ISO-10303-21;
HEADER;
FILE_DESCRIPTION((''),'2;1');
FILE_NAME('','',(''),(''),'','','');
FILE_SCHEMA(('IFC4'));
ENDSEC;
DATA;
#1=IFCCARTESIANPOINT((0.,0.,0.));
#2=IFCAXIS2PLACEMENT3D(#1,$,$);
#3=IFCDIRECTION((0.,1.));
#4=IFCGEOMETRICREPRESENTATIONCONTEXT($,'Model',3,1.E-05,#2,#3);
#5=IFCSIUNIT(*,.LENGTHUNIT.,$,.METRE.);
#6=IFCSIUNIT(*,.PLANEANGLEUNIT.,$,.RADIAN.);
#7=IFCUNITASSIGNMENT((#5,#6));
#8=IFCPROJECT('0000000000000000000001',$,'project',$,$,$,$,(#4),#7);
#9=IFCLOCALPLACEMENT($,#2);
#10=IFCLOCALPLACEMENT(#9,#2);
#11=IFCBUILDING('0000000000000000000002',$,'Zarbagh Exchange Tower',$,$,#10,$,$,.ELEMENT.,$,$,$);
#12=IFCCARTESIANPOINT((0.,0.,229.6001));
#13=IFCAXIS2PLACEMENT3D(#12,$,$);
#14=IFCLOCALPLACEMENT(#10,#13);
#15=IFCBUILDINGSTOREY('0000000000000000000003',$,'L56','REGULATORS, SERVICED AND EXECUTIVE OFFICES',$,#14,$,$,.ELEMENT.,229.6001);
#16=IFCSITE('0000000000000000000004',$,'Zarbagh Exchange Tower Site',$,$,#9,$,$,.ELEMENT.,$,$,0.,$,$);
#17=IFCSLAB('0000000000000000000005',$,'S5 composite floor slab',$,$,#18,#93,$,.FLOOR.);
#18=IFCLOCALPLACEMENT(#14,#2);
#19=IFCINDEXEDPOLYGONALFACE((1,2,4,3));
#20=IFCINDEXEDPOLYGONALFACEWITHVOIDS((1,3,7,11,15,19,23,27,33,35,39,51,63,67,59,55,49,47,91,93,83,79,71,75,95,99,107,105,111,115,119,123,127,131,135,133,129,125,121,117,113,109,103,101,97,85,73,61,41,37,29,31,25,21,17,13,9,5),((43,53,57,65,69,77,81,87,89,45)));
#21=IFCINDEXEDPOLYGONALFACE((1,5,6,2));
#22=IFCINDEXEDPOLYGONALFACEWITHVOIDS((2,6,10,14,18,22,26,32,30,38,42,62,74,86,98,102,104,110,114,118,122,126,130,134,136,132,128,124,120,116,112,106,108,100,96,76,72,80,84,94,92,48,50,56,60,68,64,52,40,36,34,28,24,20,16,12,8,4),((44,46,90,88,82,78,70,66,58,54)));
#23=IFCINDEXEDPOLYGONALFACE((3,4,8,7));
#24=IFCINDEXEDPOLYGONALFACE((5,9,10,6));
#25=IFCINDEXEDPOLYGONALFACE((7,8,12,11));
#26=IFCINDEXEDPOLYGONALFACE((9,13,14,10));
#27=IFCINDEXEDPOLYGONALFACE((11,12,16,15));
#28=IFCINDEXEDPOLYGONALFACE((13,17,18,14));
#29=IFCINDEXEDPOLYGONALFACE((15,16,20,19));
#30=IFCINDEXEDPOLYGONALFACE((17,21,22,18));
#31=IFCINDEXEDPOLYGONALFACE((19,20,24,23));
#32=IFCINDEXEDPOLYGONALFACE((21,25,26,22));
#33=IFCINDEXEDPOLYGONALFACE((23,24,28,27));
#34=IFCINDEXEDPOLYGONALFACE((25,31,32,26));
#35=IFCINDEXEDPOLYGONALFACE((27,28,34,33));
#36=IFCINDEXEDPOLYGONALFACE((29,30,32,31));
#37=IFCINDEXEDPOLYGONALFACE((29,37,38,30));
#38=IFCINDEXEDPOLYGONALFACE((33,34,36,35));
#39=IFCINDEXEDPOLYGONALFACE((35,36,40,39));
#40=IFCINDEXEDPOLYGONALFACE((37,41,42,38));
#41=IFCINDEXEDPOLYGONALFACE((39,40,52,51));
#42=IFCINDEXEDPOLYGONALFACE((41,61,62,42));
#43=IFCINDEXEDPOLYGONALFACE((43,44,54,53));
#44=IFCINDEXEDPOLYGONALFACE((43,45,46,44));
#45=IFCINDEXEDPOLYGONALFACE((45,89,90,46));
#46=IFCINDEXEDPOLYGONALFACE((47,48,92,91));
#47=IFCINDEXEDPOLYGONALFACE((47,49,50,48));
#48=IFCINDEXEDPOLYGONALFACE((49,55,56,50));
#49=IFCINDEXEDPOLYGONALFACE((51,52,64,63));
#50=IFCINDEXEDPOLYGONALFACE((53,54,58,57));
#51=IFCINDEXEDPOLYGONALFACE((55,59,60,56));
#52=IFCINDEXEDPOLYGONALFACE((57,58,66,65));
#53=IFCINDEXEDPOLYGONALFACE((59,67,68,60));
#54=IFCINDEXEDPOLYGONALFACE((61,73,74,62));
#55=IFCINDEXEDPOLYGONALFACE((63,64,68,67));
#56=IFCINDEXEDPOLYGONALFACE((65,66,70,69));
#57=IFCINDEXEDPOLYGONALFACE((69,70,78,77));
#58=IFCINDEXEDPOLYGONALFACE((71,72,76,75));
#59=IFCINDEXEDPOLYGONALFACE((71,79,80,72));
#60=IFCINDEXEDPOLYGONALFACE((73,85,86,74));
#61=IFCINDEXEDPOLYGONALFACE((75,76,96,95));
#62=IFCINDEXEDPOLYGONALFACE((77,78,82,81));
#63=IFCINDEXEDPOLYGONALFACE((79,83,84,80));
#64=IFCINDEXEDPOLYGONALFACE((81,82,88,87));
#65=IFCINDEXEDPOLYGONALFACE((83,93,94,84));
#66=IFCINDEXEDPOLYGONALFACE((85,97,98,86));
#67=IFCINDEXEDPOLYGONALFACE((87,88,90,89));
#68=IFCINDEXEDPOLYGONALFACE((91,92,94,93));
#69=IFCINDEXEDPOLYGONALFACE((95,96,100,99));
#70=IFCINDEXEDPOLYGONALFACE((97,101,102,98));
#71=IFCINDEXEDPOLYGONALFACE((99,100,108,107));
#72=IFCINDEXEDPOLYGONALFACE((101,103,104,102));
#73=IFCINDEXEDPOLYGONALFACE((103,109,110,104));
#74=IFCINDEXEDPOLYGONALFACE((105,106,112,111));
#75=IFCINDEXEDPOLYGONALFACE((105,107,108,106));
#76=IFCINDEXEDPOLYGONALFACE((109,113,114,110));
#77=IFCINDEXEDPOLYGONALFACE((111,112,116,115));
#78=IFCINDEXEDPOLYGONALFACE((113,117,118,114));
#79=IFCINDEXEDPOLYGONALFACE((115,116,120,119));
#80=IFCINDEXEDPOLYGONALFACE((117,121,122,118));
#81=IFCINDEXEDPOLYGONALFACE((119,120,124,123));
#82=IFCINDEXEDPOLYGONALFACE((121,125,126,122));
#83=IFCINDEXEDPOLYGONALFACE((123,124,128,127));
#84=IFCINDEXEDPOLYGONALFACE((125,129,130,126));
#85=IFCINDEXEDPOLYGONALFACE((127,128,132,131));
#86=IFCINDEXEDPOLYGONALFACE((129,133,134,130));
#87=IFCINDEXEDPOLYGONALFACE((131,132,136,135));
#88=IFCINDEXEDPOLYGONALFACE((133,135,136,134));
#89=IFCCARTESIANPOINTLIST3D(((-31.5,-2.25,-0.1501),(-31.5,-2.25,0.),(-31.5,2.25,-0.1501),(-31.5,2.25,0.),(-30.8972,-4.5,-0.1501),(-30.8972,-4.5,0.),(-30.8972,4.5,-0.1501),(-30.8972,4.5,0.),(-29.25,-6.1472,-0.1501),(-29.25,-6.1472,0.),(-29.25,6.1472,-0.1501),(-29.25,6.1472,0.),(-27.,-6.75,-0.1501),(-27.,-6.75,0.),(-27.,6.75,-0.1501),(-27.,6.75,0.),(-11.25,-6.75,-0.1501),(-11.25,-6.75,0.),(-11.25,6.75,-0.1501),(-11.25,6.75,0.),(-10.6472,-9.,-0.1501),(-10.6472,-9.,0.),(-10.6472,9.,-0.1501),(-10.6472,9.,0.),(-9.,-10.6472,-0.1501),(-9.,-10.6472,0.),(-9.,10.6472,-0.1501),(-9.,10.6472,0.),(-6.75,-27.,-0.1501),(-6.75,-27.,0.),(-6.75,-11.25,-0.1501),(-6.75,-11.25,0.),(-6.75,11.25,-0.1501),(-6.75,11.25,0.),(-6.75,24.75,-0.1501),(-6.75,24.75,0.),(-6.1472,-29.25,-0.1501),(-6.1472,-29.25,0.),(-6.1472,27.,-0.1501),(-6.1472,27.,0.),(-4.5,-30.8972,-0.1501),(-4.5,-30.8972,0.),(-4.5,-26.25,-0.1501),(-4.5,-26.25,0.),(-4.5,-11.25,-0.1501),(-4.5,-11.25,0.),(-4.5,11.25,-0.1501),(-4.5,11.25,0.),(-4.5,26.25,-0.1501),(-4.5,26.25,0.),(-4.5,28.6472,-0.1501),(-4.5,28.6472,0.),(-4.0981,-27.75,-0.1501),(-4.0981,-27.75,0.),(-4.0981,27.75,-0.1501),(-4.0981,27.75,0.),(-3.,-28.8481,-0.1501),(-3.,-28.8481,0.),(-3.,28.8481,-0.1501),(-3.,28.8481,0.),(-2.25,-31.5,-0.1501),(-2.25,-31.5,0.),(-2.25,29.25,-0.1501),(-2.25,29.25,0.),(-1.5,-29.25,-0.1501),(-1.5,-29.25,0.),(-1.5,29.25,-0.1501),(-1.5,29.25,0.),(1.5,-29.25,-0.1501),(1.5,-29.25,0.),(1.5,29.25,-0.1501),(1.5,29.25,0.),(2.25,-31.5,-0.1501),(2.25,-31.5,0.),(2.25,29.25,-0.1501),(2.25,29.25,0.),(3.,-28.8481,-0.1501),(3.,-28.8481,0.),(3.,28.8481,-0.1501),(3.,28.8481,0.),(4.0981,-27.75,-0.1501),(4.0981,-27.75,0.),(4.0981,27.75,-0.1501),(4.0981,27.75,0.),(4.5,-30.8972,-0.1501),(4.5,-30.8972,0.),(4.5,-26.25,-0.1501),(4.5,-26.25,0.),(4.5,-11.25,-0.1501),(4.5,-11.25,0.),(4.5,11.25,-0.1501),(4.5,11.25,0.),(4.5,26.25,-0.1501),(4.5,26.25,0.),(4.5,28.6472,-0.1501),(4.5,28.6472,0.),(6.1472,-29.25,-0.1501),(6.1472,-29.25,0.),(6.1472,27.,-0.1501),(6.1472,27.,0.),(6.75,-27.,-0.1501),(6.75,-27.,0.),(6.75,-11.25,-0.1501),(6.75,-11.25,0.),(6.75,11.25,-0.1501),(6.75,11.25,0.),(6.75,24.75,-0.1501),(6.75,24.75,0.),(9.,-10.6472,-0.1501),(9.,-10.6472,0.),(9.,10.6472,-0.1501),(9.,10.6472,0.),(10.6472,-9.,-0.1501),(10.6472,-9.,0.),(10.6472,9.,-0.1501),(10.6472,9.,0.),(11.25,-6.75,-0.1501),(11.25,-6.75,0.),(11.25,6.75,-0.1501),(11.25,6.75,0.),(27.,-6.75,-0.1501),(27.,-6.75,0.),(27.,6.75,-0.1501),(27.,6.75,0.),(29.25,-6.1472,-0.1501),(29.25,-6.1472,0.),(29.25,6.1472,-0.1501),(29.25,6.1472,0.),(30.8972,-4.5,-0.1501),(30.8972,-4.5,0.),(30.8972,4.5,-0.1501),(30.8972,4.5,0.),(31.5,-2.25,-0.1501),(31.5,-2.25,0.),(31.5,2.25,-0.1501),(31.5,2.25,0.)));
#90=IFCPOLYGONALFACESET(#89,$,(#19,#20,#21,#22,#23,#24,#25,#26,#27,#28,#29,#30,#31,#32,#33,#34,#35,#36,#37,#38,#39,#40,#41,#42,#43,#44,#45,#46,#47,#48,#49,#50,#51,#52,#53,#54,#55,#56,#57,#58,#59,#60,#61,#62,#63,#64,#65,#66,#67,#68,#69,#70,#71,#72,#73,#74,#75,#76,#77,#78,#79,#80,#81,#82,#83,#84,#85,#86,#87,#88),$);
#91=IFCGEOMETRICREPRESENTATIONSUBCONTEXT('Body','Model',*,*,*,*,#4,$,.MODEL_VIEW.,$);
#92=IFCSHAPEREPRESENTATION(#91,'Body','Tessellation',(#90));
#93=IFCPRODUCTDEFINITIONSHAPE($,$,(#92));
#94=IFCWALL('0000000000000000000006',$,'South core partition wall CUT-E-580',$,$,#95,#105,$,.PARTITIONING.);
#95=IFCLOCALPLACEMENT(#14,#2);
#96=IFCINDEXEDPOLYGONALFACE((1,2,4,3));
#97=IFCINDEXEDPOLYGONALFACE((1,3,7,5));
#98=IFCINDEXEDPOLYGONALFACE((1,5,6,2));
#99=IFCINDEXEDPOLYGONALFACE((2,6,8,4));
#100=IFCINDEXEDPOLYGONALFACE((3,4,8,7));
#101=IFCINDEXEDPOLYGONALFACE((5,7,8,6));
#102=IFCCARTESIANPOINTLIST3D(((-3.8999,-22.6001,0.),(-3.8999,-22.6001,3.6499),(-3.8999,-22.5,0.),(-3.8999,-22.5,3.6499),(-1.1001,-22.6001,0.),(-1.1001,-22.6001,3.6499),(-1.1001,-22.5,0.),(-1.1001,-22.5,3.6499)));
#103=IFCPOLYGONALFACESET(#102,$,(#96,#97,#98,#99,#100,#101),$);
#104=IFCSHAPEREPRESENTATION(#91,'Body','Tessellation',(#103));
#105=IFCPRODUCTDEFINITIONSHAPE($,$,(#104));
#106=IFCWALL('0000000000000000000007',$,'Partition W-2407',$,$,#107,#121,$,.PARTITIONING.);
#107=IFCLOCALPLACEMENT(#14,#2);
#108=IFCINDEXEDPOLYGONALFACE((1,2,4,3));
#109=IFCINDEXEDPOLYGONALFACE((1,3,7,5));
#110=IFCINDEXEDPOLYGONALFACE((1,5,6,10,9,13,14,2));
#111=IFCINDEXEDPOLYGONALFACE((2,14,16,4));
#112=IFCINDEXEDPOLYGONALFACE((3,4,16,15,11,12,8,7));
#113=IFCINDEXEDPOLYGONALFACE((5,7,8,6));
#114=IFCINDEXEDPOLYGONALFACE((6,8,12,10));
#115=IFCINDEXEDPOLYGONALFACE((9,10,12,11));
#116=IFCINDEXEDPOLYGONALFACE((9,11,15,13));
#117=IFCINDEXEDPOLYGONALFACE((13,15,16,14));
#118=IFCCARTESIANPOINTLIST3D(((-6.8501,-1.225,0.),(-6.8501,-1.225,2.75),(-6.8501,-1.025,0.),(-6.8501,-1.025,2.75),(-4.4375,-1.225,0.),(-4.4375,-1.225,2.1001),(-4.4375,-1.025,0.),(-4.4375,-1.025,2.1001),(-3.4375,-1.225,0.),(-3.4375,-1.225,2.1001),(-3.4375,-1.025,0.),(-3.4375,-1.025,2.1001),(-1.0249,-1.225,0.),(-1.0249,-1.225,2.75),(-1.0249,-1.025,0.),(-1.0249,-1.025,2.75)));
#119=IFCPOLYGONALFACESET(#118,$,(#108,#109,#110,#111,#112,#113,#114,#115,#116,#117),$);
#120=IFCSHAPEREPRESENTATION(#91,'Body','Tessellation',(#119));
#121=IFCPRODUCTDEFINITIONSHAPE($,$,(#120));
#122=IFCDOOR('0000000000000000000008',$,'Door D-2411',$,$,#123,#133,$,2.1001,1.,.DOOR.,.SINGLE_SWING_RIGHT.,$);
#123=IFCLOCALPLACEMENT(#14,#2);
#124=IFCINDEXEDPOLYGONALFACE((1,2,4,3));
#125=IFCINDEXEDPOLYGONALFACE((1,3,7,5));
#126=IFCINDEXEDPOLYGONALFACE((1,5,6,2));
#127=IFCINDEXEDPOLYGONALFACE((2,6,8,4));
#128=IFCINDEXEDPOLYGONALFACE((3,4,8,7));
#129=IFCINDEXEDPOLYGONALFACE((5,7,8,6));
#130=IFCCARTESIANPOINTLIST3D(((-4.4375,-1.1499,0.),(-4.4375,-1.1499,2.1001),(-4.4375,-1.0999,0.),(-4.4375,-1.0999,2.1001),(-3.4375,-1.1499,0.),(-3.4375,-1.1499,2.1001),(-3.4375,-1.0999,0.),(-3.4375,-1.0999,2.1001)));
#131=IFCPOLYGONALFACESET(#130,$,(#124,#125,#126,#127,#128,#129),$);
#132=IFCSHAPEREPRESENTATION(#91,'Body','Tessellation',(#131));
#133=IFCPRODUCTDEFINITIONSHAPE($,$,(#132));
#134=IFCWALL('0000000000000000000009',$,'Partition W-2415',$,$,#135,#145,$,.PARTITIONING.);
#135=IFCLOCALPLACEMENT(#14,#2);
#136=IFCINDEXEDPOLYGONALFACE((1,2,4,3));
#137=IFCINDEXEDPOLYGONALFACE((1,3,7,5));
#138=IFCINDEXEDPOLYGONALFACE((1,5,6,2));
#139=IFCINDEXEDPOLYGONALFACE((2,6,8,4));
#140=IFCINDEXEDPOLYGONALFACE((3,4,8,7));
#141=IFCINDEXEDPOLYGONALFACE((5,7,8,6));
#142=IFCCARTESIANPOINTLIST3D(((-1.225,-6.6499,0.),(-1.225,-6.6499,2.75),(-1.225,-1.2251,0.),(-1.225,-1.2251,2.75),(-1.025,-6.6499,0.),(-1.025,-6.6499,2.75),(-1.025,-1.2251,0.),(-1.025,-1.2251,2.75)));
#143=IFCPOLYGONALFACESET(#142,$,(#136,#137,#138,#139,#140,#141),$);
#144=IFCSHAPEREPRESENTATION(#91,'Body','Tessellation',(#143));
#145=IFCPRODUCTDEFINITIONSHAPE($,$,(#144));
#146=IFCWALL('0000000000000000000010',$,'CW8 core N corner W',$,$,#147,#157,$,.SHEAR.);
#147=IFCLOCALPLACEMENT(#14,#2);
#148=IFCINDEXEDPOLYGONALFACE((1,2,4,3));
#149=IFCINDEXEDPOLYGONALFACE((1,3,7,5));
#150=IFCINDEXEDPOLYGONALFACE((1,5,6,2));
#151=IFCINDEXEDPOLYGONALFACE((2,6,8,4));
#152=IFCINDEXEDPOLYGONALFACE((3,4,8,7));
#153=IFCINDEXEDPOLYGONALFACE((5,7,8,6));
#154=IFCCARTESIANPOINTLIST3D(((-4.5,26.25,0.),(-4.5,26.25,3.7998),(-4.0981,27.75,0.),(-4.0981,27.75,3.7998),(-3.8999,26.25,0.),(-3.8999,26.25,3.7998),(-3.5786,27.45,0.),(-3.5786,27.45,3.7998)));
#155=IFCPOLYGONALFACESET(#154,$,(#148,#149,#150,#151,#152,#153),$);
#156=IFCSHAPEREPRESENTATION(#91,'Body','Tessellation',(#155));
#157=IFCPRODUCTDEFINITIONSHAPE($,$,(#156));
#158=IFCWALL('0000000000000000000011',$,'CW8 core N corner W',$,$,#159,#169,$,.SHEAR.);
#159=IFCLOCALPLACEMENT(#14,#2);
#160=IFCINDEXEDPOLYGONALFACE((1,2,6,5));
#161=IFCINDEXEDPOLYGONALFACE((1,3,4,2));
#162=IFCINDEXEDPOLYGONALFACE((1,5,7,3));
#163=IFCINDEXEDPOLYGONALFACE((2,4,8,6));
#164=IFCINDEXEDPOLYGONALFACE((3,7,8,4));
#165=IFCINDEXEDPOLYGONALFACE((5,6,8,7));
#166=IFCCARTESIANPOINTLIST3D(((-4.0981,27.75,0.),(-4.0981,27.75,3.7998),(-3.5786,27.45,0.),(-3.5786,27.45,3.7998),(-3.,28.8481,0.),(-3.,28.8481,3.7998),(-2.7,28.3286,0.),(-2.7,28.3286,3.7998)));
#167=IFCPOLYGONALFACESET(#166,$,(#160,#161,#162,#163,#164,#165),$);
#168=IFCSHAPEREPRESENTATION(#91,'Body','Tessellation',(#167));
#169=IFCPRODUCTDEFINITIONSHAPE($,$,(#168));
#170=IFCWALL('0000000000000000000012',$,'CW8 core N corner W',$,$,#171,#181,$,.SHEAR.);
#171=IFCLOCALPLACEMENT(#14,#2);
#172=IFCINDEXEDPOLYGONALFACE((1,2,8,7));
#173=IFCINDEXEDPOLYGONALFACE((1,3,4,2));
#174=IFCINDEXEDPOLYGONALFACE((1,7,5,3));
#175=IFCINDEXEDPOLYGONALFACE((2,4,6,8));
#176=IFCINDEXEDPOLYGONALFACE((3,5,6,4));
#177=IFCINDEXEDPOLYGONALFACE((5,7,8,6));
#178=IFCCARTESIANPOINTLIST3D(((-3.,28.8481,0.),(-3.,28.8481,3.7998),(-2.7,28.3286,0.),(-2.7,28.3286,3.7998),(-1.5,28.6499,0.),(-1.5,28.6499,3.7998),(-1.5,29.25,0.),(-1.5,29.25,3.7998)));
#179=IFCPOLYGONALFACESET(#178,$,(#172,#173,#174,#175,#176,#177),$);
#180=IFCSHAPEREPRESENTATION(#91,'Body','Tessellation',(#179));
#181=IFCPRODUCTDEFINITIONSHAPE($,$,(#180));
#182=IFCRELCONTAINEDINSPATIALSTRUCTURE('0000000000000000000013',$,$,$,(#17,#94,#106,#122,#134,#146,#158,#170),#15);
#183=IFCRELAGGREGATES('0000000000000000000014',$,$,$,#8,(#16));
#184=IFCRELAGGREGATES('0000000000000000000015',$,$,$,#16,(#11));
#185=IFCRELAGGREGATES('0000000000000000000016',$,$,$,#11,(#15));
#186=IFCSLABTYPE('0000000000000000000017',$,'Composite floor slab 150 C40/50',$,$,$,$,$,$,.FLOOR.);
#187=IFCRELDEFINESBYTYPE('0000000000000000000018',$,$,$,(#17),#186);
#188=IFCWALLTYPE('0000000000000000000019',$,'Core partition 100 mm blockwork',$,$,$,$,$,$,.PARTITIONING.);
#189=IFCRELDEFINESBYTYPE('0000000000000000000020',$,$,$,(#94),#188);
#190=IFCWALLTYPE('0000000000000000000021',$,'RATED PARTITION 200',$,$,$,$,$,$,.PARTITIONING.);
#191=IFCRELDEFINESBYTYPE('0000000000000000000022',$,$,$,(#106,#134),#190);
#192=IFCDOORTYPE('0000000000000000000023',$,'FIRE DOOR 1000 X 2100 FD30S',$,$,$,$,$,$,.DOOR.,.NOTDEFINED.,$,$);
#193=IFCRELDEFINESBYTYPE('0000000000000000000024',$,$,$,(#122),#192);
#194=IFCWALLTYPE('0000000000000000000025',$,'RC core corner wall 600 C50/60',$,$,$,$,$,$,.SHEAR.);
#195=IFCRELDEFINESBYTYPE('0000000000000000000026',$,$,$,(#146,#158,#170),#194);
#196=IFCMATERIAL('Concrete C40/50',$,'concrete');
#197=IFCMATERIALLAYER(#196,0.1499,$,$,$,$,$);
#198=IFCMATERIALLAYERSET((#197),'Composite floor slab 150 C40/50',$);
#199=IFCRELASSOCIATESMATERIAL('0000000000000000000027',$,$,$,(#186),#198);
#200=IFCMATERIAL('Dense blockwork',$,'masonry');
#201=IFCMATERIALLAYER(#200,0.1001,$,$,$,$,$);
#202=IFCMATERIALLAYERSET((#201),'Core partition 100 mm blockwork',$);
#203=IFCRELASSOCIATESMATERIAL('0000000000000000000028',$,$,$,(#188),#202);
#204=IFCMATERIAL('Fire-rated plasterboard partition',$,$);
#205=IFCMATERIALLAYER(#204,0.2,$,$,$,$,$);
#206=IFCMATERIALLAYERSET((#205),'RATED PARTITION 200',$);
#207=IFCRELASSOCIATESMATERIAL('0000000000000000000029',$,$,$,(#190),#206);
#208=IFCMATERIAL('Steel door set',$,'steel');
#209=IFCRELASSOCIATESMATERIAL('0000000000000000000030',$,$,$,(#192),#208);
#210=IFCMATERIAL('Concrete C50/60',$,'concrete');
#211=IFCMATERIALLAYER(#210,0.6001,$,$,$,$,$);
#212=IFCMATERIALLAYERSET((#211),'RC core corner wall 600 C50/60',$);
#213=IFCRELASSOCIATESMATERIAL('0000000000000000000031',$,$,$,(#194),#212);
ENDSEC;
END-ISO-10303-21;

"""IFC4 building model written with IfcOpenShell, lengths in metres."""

from ifc_helpers import new_model, si_unit, direction, frame, frame_2d, origin, place, context, subcontext, project, spatial, polyline, rectangle, outline, extrude, material, layer, layer_set, type_object, element, fill, save


model = new_model("IFC4")

# Units and contexts
model_context = context("Model", 3, precision=1e-05, world=origin(), true_north=direction((0.0, 1.0)))
body_context = subcontext(model_context, "Body", "Model", "MODEL_VIEW")
ifc_project = project(units=[si_unit("LENGTHUNIT", "METRE"), si_unit("PLANEANGLEUNIT", "RADIAN")], contexts=[model_context])

# Site, building, storey
site_placement = place(None, origin())
site = spatial("IfcSite", under=ifc_project, at=site_placement, Name="Zarbagh Exchange Tower Site", CompositionType="ELEMENT", RefElevation=0.0)
building_placement = place(site_placement, origin())
building = spatial("IfcBuilding", under=site, at=building_placement, Name="Zarbagh Exchange Tower", CompositionType="ELEMENT")
storey_placement = place(building_placement, frame((0.0, 0.0, 229.6001)))
storey = spatial("IfcBuildingStorey", under=building, at=storey_placement, Name="L56", Description="REGULATORS, SERVICED AND EXECUTIVE OFFICES", CompositionType="ELEMENT", Elevation=229.6001)

# Slab
ifc_material_1 = material(Name="Concrete C40/50", Category="concrete")
ifc_layer_1 = layer(ifc_material_1, 0.1499)
ifc_layer_set_1 = layer_set([ifc_layer_1], Name="Composite floor slab 150 C40/50")
slab_type = type_object("IfcSlabType", Name="Composite floor slab 150 C40/50", PredefinedType="FLOOR", material=ifc_layer_set_1)
slab_placement = place(storey_placement, frame((0.0, 0.0, -0.1501)))
element("IfcSlab", 1, at=slab_placement, inside=storey, type_object=slab_type, Name="S5 composite floor slab", PredefinedType="FLOOR", context=body_context, shape_type="SweptSolid", body=[
    extrude(outline(polyline([(-2.25, -31.5), (-4.5, -30.8972), (-6.1472, -29.25), (-6.75, -27.0), (-6.75, -11.25), (-9.0, -10.6472), (-10.6472, -9.0), (-11.25, -6.75), (-27.0, -6.75), (-29.25, -6.1472), (-30.8972, -4.5), (-31.5, -2.25), (-31.5, 2.25), (-30.8972, 4.5), (-29.25, 6.1472), (-27.0, 6.75), (-11.25, 6.75), (-10.6472, 9.0), (-9.0, 10.6472), (-6.75, 11.25), (-6.75, 24.75), (-6.1472, 27.0), (-4.5, 28.6472), (-2.25, 29.25), (-1.5, 29.25), (-3.0, 28.8481), (-4.0981, 27.75), (-4.5, 26.25), (-4.5, 11.25), (4.5, 11.25), (4.5, 26.25), (4.0981, 27.75), (3.0, 28.8481), (1.5, 29.25), (2.25, 29.25), (4.5, 28.6472), (6.1472, 27.0), (6.75, 24.75), (6.75, 11.25), (9.0, 10.6472), (10.6472, 9.0), (11.25, 6.75), (27.0, 6.75), (29.25, 6.1472), (30.8972, 4.5), (31.5, 2.25), (31.5, -2.25), (30.8972, -4.5), (29.25, -6.1472), (27.0, -6.75), (11.25, -6.75), (10.6472, -9.0), (9.0, -10.6472), (6.75, -11.25), (6.75, -27.0), (6.1472, -29.25), (4.5, -30.8972), (2.25, -31.5), (-2.25, -31.5)]), holes=[polyline([(-1.5, -29.25), (1.5, -29.25), (3.0, -28.8481), (4.0981, -27.75), (4.5, -26.25), (4.5, -11.25), (-4.5, -11.25), (-4.5, -26.25), (-4.0981, -27.75), (-3.0, -28.8481), (-1.5, -29.25)])]), origin(), (0.0, 0.0, 1.0), 0.1501),
])

# Wall
ifc_material_2 = material(Name="Dense blockwork", Category="masonry")
ifc_layer_2 = layer(ifc_material_2, 0.1001)
ifc_layer_set_2 = layer_set([ifc_layer_2], Name="Core partition 100 mm blockwork")
wall_type_1 = type_object("IfcWallType", Name="Core partition 100 mm blockwork", PredefinedType="PARTITIONING", material=ifc_layer_set_2)
wall_1_placement = place(storey_placement, frame((-1.1001, -22.55, 0.0), z_axis=(0.0, 0.0, 1.0), x_axis=(-1.0, 0.0, 0.0)))
element("IfcWall", 2, at=wall_1_placement, inside=storey, type_object=wall_type_1, Name="South core partition wall CUT-E-580", PredefinedType="PARTITIONING", context=body_context, shape_type="SweptSolid", body=[
    extrude(rectangle(XDim=2.7998, YDim=0.1001, at=frame_2d((1.3999, 0.0))), origin(), (0.0, 0.0, 1.0), 3.6499),
])

# Wall, opening, door
ifc_material_3 = material(Name="Fire-rated plasterboard partition")
ifc_layer_3 = layer(ifc_material_3, 0.2)
ifc_layer_set_3 = layer_set([ifc_layer_3], Name="RATED PARTITION 200")
wall_type_2 = type_object("IfcWallType", Name="RATED PARTITION 200", PredefinedType="PARTITIONING", material=ifc_layer_set_3)
wall_2_placement = place(storey_placement, frame((-1.0249, -1.125, 0.0), z_axis=(0.0, 0.0, 1.0), x_axis=(-1.0, 0.0, 0.0)))
wall_2 = element("IfcWall", 3, at=wall_2_placement, inside=storey, type_object=wall_type_2, Name="Partition W-2407", PredefinedType="PARTITIONING", context=body_context, shape_type="SweptSolid", body=[
    extrude(rectangle(XDim=5.8252, YDim=0.2, at=frame_2d((2.9126, 0.0))), origin(), (0.0, 0.0, 1.0), 2.75),
])
opening_1_placement = place(wall_2_placement, frame((2.4126, 0.0, 0.0)))
opening_1 = element("IfcOpeningElement", 4, at=opening_1_placement, cuts=wall_2, PredefinedType="OPENING", context=body_context, shape_type="SweptSolid", body=[
    extrude(rectangle(XDim=1.0, YDim=2.1001, at=frame_2d((0.5, 1.05))), frame((0.0, 0.1099, 0.0), z_axis=(0.0, -1.0, 0.0), x_axis=(1.0, 0.0, 0.0)), (0.0, 0.0, 1.0), 0.22),
])
ifc_material_4 = material(Name="Steel door set", Category="steel")
door_type_1 = type_object("IfcDoorType", Name="FIRE DOOR 1000 X 2100 FD30S", OperationType="NOTDEFINED", PredefinedType="DOOR", material=ifc_material_4)
door_1_placement = place(opening_1_placement, origin())
door_1 = element("IfcDoor", 5, at=door_1_placement, inside=storey, type_object=door_type_1, Name="Door D-2411", OperationType="SINGLE_SWING_RIGHT", OverallHeight=2.1001, OverallWidth=1.0, PredefinedType="DOOR", context=body_context, shape_type="SweptSolid", body=[
    extrude(rectangle(XDim=1.0, YDim=2.1001, at=frame_2d((0.5, 1.05))), frame((0.0, 0.0249, 0.0), z_axis=(0.0, -1.0, 0.0), x_axis=(1.0, 0.0, 0.0)), (0.0, 0.0, 1.0), 0.05),
])
fill(opening_1, door_1)

# Walls
wall_3_placement = place(storey_placement, frame((-1.125, -6.6499, 0.0), z_axis=(0.0, 0.0, 1.0), x_axis=(0.0, 1.0, 0.0)))
element("IfcWall", 6, at=wall_3_placement, inside=storey, type_object=wall_type_2, Name="Partition W-2415", PredefinedType="PARTITIONING", context=body_context, shape_type="SweptSolid", body=[
    extrude(rectangle(XDim=5.4248, YDim=0.2, at=frame_2d((2.7124, 0.0))), origin(), (0.0, 0.0, 1.0), 2.75),
])
ifc_material_5 = material(Name="Concrete C50/60", Category="concrete")
ifc_layer_4 = layer(ifc_material_5, 0.6001)
ifc_layer_set_4 = layer_set([ifc_layer_4], Name="RC core corner wall 600 C50/60")
wall_type_3 = type_object("IfcWallType", Name="RC core corner wall 600 C50/60", PredefinedType="SHEAR", material=ifc_layer_set_4)
wall_4_placement = place(storey_placement, origin())
element("IfcWall", 7, at=wall_4_placement, inside=storey, type_object=wall_type_3, Name="CW8 core N corner W", PredefinedType="SHEAR", context=body_context, shape_type="SweptSolid", body=[
    extrude(outline(polyline([(-4.5, 26.25), (-4.0981, 27.75), (-3.5786, 27.45), (-3.8999, 26.25), (-4.5, 26.25)])), origin(), (0.0, 0.0, 1.0), 3.7998),
])
wall_5_placement = place(storey_placement, origin())
element("IfcWall", 8, at=wall_5_placement, inside=storey, type_object=wall_type_3, Name="CW8 core N corner W", PredefinedType="SHEAR", context=body_context, shape_type="SweptSolid", body=[
    extrude(outline(polyline([(-4.0981, 27.75), (-3.0, 28.8481), (-2.7, 28.3286), (-3.5786, 27.45), (-4.0981, 27.75)])), origin(), (0.0, 0.0, 1.0), 3.7998),
])
wall_6_placement = place(storey_placement, origin())
element("IfcWall", 9, at=wall_6_placement, inside=storey, type_object=wall_type_3, Name="CW8 core N corner W", PredefinedType="SHEAR", context=body_context, shape_type="SweptSolid", body=[
    extrude(outline(polyline([(-3.0, 28.8481), (-1.5, 29.25), (-1.5, 28.6499), (-2.7, 28.3286), (-3.0, 28.8481)])), origin(), (0.0, 0.0, 1.0), 3.7998),
])

save(model, "model.ifc")
